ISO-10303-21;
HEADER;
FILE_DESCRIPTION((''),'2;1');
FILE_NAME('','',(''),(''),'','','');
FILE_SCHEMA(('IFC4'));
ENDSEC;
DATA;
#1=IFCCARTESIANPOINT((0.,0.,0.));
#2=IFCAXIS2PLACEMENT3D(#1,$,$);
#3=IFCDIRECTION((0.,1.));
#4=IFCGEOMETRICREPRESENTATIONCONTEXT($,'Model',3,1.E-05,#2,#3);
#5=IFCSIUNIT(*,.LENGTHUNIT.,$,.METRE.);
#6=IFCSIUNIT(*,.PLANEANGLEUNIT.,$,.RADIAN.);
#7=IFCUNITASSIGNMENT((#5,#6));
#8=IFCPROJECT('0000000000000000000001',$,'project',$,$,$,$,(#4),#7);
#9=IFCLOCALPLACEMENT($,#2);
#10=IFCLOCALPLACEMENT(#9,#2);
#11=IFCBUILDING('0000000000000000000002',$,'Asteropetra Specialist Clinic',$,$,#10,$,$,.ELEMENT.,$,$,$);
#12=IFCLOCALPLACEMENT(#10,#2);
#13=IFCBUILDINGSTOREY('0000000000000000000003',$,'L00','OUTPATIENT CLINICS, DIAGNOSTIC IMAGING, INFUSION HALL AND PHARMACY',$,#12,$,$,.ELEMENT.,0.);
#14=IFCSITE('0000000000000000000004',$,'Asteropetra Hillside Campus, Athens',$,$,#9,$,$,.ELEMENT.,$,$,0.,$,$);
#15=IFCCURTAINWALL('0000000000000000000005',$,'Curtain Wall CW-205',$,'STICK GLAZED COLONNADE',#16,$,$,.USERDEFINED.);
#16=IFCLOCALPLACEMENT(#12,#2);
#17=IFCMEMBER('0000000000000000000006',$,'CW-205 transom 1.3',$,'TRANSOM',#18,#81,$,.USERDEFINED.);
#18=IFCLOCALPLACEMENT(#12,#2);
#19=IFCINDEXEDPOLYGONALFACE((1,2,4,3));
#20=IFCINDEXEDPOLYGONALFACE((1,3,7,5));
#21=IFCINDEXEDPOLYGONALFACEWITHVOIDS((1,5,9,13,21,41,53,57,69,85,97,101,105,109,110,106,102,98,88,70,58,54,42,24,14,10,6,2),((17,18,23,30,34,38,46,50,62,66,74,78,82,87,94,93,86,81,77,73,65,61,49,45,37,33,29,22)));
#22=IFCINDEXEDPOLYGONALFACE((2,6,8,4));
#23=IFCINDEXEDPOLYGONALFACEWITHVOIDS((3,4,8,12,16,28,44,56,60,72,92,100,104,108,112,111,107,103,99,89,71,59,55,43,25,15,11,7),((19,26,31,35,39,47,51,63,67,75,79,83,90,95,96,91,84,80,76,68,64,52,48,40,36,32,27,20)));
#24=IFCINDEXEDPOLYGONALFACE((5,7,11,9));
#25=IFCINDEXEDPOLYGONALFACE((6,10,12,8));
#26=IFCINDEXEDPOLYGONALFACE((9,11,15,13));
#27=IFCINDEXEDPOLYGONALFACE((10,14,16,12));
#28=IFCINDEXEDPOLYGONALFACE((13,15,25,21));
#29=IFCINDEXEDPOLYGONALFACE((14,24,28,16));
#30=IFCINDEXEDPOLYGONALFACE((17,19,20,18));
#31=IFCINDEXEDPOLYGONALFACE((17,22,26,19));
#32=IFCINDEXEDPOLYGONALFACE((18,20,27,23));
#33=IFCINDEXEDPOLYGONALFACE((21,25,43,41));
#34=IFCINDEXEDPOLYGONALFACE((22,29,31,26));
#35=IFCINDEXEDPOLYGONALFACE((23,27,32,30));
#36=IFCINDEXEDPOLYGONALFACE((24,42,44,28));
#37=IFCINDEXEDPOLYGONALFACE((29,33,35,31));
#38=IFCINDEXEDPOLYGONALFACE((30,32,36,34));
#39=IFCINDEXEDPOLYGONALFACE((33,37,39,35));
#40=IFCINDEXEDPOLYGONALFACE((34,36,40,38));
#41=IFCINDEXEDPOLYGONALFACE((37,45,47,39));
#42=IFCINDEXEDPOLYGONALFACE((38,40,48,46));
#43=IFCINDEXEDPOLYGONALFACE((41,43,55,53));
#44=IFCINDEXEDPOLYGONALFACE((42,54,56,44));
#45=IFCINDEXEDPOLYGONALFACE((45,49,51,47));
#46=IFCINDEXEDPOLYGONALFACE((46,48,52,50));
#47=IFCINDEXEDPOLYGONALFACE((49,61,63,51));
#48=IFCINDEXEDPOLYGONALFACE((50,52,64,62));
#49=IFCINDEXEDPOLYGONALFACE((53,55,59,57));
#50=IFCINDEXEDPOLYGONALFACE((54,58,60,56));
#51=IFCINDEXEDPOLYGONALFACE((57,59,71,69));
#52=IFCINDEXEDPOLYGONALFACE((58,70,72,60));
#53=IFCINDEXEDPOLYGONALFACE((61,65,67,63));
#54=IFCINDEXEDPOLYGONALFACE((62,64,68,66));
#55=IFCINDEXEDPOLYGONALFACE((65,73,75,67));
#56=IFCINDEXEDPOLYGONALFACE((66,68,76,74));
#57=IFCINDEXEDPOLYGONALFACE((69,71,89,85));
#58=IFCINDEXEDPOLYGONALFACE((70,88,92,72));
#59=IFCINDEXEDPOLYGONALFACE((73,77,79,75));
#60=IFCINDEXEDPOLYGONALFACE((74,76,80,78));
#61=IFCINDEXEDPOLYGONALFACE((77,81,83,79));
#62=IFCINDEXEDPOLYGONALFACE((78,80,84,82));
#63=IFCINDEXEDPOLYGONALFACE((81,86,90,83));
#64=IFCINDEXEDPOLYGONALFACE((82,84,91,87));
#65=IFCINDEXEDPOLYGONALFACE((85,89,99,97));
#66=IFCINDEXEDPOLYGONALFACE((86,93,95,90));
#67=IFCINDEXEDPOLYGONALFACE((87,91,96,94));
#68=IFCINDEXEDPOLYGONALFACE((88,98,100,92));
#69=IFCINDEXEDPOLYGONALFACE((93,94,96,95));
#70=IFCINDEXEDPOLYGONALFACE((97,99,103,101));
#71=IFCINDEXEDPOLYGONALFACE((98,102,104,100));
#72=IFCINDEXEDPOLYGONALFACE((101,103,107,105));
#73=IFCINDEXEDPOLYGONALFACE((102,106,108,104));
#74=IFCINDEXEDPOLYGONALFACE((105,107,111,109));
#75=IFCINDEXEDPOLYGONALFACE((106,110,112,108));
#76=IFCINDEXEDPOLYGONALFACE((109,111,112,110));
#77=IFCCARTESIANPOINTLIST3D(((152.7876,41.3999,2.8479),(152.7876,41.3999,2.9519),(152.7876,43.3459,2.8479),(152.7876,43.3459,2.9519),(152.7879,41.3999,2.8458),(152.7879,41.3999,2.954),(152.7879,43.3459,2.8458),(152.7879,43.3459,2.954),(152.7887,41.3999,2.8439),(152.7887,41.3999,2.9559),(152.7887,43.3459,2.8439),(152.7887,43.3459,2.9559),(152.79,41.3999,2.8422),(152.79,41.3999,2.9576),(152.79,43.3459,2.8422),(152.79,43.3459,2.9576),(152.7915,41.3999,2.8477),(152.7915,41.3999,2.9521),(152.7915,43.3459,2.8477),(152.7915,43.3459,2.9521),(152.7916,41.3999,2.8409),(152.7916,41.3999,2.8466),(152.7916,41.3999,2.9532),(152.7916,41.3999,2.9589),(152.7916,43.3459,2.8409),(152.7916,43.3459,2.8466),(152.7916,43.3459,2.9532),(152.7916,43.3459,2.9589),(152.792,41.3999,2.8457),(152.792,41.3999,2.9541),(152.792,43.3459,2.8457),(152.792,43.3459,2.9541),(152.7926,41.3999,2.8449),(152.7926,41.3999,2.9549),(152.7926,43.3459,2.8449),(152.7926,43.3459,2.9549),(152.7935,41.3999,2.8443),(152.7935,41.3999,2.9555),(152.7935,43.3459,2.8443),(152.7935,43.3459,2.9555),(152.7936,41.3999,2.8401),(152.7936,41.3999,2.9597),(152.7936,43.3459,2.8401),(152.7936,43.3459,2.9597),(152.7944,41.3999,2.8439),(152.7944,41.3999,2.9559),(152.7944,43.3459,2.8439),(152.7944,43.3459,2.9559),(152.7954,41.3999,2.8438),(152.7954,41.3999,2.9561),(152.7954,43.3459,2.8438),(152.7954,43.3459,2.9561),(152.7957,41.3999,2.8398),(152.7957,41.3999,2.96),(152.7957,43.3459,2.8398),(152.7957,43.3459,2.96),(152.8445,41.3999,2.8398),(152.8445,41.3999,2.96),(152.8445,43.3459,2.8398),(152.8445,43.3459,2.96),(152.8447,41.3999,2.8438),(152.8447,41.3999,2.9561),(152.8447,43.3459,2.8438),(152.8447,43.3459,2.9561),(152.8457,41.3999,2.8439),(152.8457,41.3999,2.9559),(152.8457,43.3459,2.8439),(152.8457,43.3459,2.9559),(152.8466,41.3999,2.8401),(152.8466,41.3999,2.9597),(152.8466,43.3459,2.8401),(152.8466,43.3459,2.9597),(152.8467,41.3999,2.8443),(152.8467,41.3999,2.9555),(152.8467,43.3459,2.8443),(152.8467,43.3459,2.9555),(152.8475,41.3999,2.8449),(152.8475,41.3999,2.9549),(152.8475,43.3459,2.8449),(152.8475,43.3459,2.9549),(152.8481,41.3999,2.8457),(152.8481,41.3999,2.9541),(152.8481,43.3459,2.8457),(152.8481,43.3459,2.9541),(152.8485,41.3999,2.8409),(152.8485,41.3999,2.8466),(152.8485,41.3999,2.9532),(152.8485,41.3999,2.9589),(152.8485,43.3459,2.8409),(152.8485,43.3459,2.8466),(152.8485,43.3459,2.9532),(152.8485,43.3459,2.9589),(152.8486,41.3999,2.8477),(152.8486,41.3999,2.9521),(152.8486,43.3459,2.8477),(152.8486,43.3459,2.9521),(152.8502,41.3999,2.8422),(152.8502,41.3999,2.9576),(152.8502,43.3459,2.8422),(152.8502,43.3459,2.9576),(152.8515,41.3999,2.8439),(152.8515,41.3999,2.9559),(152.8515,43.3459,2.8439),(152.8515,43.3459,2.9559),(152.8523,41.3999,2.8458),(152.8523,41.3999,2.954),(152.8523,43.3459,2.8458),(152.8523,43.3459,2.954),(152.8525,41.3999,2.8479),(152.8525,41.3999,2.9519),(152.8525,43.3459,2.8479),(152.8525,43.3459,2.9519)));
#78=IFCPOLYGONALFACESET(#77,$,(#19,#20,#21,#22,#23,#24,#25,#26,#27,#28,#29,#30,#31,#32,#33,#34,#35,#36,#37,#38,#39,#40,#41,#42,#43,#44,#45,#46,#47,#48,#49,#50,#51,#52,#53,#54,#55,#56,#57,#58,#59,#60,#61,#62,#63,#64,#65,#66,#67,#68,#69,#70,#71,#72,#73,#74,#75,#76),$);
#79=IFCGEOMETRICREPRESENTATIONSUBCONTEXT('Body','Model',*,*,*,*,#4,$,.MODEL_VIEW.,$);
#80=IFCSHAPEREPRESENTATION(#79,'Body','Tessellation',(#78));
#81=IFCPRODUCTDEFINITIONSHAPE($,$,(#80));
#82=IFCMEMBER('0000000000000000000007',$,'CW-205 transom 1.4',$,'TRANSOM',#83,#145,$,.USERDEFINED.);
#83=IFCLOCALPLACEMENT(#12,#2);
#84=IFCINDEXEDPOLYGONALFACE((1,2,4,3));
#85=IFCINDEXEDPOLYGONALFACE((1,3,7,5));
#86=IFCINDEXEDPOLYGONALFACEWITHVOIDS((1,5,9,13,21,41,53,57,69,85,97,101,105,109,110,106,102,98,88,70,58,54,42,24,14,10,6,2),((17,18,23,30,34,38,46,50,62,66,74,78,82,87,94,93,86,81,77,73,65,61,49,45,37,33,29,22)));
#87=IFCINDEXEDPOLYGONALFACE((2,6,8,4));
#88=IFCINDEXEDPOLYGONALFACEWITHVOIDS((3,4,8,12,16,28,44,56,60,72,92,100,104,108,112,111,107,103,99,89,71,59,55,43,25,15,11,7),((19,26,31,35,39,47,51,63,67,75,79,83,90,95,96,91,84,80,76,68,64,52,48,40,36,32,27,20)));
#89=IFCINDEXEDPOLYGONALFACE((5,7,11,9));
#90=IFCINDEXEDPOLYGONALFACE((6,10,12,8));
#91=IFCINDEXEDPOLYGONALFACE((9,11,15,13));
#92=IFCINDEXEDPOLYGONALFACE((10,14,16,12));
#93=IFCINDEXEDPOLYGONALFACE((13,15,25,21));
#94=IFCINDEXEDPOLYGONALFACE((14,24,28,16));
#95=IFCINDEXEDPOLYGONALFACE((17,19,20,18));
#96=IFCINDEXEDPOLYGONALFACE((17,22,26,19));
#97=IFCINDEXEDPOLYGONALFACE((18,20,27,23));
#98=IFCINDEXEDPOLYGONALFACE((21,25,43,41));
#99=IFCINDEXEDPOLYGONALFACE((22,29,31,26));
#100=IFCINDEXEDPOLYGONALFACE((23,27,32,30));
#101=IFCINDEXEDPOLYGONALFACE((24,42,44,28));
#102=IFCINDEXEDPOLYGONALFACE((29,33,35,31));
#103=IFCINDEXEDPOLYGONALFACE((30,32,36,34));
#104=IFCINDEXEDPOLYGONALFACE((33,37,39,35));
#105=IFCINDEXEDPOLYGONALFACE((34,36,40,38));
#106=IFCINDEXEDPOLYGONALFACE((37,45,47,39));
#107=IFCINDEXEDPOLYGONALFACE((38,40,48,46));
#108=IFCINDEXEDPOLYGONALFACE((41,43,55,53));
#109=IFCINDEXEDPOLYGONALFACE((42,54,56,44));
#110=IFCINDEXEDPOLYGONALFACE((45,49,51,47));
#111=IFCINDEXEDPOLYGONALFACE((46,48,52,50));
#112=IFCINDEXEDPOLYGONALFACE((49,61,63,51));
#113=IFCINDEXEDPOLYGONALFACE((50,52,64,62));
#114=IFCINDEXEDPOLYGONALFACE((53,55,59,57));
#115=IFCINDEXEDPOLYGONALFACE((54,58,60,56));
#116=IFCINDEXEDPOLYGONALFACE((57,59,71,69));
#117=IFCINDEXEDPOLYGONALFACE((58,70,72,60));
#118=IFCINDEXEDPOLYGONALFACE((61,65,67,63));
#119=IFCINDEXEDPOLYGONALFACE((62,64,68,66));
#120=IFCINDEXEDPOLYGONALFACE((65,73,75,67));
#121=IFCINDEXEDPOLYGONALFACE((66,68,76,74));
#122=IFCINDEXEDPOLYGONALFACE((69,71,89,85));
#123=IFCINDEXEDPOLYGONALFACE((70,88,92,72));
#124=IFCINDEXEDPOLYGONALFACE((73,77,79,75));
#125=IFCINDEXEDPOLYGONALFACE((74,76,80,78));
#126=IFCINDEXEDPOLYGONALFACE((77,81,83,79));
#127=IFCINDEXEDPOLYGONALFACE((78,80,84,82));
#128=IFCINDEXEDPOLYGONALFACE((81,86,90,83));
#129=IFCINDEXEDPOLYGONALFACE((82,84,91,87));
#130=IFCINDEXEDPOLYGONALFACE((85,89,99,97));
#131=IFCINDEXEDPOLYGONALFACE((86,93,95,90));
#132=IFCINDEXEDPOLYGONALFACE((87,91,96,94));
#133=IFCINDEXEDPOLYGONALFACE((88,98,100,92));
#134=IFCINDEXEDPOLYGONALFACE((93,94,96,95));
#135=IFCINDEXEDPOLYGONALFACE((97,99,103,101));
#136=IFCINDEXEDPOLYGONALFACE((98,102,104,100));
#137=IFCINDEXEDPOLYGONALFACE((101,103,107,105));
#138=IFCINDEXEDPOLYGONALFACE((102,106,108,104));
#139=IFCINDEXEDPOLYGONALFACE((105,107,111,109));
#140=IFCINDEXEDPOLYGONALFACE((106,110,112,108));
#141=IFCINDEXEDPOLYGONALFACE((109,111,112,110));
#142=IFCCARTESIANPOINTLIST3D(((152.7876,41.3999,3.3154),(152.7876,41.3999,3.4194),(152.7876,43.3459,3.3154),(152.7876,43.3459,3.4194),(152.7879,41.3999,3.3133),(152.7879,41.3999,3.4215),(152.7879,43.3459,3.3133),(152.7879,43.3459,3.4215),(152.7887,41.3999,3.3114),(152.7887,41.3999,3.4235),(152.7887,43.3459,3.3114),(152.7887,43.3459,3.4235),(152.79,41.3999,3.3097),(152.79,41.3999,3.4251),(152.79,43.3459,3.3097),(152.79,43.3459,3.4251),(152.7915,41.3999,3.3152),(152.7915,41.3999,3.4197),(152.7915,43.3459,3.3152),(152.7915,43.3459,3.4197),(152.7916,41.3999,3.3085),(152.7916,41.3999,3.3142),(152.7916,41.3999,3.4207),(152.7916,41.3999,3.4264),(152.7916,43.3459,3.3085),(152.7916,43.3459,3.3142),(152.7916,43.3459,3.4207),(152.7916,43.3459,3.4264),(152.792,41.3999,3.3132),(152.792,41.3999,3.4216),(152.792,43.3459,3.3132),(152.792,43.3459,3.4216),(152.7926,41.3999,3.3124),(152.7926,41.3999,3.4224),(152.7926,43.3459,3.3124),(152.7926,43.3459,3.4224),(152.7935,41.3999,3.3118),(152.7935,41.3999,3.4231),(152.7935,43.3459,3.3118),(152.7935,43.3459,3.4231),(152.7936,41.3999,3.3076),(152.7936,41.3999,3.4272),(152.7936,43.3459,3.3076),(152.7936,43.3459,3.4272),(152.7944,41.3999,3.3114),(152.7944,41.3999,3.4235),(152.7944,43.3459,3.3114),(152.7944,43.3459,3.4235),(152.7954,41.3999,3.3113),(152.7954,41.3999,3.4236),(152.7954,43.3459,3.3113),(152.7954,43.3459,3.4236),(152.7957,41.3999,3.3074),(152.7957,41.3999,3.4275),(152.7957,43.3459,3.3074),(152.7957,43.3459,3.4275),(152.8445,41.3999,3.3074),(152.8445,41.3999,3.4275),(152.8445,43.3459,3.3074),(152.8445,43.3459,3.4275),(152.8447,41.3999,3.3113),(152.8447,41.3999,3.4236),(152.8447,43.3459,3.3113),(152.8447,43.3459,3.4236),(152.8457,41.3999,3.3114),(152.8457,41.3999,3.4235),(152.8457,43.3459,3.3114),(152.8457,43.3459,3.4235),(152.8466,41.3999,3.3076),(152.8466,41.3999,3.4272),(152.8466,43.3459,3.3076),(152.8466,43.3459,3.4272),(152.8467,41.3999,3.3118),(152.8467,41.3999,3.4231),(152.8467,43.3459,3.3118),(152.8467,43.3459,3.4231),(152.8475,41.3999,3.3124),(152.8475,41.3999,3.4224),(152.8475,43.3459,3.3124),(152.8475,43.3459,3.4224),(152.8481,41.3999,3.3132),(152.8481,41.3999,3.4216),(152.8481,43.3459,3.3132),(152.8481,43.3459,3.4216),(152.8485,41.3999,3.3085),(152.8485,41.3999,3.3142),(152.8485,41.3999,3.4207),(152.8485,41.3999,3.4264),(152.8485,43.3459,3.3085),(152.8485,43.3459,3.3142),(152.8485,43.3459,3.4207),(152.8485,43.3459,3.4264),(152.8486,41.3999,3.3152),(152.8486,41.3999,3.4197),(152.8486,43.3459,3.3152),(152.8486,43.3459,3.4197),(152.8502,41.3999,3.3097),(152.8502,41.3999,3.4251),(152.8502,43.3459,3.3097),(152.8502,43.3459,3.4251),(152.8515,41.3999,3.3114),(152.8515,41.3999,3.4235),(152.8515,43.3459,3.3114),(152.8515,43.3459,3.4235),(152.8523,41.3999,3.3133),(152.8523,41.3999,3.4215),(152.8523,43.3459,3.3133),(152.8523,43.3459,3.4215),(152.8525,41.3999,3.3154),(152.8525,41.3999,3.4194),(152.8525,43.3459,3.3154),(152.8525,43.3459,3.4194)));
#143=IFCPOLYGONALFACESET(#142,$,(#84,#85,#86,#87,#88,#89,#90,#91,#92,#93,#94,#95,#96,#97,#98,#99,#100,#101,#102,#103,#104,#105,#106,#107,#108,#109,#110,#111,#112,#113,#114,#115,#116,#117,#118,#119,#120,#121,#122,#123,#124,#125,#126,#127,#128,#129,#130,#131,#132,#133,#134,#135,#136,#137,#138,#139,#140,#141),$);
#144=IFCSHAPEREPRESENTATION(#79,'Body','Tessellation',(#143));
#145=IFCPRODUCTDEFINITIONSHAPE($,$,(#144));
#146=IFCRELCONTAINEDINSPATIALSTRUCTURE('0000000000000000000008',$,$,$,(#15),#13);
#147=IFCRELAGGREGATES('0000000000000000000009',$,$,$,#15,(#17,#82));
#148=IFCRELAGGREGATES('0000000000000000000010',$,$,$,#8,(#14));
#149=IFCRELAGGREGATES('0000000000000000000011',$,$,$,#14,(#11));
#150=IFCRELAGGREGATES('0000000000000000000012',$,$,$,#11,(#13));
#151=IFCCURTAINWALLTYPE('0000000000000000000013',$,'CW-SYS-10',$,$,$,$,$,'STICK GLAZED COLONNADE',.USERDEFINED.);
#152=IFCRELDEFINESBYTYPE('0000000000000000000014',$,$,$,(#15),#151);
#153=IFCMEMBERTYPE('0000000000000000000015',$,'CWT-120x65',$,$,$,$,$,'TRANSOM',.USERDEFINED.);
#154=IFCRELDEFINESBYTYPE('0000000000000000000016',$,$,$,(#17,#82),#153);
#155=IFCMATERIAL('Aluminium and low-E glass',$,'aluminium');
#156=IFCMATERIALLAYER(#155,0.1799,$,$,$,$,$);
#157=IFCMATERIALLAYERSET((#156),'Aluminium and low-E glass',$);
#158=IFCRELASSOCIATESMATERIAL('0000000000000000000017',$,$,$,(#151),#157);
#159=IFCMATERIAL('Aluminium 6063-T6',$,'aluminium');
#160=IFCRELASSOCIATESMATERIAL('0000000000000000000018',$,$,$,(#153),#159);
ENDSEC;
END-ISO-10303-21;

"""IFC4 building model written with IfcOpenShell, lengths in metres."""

from ifc_helpers import new_model, si_unit, direction, frame, origin, origin_2d, place, context, subcontext, project, spatial, hollow_rectangle, extrude, material, layer, layer_set, material_profile, profile_set, type_object, element, aggregate, save


model = new_model("IFC4")

# Units and contexts
model_context = context("Model", 3, precision=1e-05, world=origin(), true_north=direction((0.0, 1.0)))
body_context = subcontext(model_context, "Body", "Model", "MODEL_VIEW")
ifc_project = project(units=[si_unit("LENGTHUNIT", "METRE"), si_unit("PLANEANGLEUNIT", "RADIAN")], contexts=[model_context])

# Site, building, storey
site_placement = place(None, origin())
site = spatial("IfcSite", under=ifc_project, at=site_placement, Name="Asteropetra Hillside Campus, Athens", CompositionType="ELEMENT", RefElevation=0.0)
building_placement = place(site_placement, origin())
building = spatial("IfcBuilding", under=site, at=building_placement, Name="Asteropetra Specialist Clinic", CompositionType="ELEMENT")
storey_placement = place(building_placement, origin())
storey = spatial("IfcBuildingStorey", under=building, at=storey_placement, Name="L00", Description="OUTPATIENT CLINICS, DIAGNOSTIC IMAGING, INFUSION HALL AND PHARMACY", CompositionType="ELEMENT", Elevation=0.0)

# Curtain wall, members
ifc_material_1 = material(Name="Aluminium and low-E glass", Category="aluminium")
ifc_layer_1 = layer(ifc_material_1, 0.1799)
ifc_layer_set_1 = layer_set([ifc_layer_1], Name="Aluminium and low-E glass")
curtain_wall_type = type_object("IfcCurtainWallType", Name="CW-SYS-10", ElementType="STICK GLAZED COLONNADE", PredefinedType="USERDEFINED", material=ifc_layer_set_1)
curtain_wall_placement = place(storey_placement, origin())
curtain_wall = element("IfcCurtainWall", 1, at=curtain_wall_placement, inside=storey, type_object=curtain_wall_type, Name="Curtain Wall CW-205", ObjectType="STICK GLAZED COLONNADE", PredefinedType="USERDEFINED")
ifc_material_2 = material(Name="Aluminium 6063-T6", Category="aluminium")
ifc_material_profile_1 = material_profile(ifc_material_2, hollow_rectangle(XDim=0.0649, YDim=0.1201, WallThickness=0.0039, InnerFilletRadius=0.0039, OuterFilletRadius=0.0081, at=origin_2d()), Name="TRN 120x65x4.0")
ifc_profile_set_1 = profile_set([ifc_material_profile_1], Name="Aluminium 6063-T6")
member_type_1 = type_object("IfcMemberType", Name="CWT-120x65", ElementType="TRANSOM", PredefinedType="USERDEFINED", material=ifc_profile_set_1)
member_1_placement = place(storey_placement, frame((152.8201, 41.3999, 2.8999), z_axis=(0.0, 1.0, 0.0), x_axis=(-1.0, 0.0, 0.0)))
member_1 = element("IfcMember", 2, at=member_1_placement, type_object=member_type_1, Name="CW-205 transom 1.3", ObjectType="TRANSOM", PredefinedType="USERDEFINED", context=body_context, shape_type="SweptSolid", body=[
    extrude(hollow_rectangle(XDim=0.0649, YDim=0.1201, WallThickness=0.0039, InnerFilletRadius=0.0039, OuterFilletRadius=0.0081, at=origin_2d()), origin(), (0.0, 0.0, 1.0), 1.946),
])
member_2_placement = place(storey_placement, frame((152.8201, 41.3999, 3.3674), z_axis=(0.0, 1.0, 0.0), x_axis=(-1.0, 0.0, 0.0)))
member_2 = element("IfcMember", 3, at=member_2_placement, type_object=member_type_1, Name="CW-205 transom 1.4", ObjectType="TRANSOM", PredefinedType="USERDEFINED", context=body_context, shape_type="SweptSolid", body=[
    extrude(hollow_rectangle(XDim=0.0649, YDim=0.1201, WallThickness=0.0039, InnerFilletRadius=0.0039, OuterFilletRadius=0.0081, at=origin_2d()), origin(), (0.0, 0.0, 1.0), 1.946),
])
aggregate(curtain_wall, [member_1, member_2])

save(model, "model.ifc")
